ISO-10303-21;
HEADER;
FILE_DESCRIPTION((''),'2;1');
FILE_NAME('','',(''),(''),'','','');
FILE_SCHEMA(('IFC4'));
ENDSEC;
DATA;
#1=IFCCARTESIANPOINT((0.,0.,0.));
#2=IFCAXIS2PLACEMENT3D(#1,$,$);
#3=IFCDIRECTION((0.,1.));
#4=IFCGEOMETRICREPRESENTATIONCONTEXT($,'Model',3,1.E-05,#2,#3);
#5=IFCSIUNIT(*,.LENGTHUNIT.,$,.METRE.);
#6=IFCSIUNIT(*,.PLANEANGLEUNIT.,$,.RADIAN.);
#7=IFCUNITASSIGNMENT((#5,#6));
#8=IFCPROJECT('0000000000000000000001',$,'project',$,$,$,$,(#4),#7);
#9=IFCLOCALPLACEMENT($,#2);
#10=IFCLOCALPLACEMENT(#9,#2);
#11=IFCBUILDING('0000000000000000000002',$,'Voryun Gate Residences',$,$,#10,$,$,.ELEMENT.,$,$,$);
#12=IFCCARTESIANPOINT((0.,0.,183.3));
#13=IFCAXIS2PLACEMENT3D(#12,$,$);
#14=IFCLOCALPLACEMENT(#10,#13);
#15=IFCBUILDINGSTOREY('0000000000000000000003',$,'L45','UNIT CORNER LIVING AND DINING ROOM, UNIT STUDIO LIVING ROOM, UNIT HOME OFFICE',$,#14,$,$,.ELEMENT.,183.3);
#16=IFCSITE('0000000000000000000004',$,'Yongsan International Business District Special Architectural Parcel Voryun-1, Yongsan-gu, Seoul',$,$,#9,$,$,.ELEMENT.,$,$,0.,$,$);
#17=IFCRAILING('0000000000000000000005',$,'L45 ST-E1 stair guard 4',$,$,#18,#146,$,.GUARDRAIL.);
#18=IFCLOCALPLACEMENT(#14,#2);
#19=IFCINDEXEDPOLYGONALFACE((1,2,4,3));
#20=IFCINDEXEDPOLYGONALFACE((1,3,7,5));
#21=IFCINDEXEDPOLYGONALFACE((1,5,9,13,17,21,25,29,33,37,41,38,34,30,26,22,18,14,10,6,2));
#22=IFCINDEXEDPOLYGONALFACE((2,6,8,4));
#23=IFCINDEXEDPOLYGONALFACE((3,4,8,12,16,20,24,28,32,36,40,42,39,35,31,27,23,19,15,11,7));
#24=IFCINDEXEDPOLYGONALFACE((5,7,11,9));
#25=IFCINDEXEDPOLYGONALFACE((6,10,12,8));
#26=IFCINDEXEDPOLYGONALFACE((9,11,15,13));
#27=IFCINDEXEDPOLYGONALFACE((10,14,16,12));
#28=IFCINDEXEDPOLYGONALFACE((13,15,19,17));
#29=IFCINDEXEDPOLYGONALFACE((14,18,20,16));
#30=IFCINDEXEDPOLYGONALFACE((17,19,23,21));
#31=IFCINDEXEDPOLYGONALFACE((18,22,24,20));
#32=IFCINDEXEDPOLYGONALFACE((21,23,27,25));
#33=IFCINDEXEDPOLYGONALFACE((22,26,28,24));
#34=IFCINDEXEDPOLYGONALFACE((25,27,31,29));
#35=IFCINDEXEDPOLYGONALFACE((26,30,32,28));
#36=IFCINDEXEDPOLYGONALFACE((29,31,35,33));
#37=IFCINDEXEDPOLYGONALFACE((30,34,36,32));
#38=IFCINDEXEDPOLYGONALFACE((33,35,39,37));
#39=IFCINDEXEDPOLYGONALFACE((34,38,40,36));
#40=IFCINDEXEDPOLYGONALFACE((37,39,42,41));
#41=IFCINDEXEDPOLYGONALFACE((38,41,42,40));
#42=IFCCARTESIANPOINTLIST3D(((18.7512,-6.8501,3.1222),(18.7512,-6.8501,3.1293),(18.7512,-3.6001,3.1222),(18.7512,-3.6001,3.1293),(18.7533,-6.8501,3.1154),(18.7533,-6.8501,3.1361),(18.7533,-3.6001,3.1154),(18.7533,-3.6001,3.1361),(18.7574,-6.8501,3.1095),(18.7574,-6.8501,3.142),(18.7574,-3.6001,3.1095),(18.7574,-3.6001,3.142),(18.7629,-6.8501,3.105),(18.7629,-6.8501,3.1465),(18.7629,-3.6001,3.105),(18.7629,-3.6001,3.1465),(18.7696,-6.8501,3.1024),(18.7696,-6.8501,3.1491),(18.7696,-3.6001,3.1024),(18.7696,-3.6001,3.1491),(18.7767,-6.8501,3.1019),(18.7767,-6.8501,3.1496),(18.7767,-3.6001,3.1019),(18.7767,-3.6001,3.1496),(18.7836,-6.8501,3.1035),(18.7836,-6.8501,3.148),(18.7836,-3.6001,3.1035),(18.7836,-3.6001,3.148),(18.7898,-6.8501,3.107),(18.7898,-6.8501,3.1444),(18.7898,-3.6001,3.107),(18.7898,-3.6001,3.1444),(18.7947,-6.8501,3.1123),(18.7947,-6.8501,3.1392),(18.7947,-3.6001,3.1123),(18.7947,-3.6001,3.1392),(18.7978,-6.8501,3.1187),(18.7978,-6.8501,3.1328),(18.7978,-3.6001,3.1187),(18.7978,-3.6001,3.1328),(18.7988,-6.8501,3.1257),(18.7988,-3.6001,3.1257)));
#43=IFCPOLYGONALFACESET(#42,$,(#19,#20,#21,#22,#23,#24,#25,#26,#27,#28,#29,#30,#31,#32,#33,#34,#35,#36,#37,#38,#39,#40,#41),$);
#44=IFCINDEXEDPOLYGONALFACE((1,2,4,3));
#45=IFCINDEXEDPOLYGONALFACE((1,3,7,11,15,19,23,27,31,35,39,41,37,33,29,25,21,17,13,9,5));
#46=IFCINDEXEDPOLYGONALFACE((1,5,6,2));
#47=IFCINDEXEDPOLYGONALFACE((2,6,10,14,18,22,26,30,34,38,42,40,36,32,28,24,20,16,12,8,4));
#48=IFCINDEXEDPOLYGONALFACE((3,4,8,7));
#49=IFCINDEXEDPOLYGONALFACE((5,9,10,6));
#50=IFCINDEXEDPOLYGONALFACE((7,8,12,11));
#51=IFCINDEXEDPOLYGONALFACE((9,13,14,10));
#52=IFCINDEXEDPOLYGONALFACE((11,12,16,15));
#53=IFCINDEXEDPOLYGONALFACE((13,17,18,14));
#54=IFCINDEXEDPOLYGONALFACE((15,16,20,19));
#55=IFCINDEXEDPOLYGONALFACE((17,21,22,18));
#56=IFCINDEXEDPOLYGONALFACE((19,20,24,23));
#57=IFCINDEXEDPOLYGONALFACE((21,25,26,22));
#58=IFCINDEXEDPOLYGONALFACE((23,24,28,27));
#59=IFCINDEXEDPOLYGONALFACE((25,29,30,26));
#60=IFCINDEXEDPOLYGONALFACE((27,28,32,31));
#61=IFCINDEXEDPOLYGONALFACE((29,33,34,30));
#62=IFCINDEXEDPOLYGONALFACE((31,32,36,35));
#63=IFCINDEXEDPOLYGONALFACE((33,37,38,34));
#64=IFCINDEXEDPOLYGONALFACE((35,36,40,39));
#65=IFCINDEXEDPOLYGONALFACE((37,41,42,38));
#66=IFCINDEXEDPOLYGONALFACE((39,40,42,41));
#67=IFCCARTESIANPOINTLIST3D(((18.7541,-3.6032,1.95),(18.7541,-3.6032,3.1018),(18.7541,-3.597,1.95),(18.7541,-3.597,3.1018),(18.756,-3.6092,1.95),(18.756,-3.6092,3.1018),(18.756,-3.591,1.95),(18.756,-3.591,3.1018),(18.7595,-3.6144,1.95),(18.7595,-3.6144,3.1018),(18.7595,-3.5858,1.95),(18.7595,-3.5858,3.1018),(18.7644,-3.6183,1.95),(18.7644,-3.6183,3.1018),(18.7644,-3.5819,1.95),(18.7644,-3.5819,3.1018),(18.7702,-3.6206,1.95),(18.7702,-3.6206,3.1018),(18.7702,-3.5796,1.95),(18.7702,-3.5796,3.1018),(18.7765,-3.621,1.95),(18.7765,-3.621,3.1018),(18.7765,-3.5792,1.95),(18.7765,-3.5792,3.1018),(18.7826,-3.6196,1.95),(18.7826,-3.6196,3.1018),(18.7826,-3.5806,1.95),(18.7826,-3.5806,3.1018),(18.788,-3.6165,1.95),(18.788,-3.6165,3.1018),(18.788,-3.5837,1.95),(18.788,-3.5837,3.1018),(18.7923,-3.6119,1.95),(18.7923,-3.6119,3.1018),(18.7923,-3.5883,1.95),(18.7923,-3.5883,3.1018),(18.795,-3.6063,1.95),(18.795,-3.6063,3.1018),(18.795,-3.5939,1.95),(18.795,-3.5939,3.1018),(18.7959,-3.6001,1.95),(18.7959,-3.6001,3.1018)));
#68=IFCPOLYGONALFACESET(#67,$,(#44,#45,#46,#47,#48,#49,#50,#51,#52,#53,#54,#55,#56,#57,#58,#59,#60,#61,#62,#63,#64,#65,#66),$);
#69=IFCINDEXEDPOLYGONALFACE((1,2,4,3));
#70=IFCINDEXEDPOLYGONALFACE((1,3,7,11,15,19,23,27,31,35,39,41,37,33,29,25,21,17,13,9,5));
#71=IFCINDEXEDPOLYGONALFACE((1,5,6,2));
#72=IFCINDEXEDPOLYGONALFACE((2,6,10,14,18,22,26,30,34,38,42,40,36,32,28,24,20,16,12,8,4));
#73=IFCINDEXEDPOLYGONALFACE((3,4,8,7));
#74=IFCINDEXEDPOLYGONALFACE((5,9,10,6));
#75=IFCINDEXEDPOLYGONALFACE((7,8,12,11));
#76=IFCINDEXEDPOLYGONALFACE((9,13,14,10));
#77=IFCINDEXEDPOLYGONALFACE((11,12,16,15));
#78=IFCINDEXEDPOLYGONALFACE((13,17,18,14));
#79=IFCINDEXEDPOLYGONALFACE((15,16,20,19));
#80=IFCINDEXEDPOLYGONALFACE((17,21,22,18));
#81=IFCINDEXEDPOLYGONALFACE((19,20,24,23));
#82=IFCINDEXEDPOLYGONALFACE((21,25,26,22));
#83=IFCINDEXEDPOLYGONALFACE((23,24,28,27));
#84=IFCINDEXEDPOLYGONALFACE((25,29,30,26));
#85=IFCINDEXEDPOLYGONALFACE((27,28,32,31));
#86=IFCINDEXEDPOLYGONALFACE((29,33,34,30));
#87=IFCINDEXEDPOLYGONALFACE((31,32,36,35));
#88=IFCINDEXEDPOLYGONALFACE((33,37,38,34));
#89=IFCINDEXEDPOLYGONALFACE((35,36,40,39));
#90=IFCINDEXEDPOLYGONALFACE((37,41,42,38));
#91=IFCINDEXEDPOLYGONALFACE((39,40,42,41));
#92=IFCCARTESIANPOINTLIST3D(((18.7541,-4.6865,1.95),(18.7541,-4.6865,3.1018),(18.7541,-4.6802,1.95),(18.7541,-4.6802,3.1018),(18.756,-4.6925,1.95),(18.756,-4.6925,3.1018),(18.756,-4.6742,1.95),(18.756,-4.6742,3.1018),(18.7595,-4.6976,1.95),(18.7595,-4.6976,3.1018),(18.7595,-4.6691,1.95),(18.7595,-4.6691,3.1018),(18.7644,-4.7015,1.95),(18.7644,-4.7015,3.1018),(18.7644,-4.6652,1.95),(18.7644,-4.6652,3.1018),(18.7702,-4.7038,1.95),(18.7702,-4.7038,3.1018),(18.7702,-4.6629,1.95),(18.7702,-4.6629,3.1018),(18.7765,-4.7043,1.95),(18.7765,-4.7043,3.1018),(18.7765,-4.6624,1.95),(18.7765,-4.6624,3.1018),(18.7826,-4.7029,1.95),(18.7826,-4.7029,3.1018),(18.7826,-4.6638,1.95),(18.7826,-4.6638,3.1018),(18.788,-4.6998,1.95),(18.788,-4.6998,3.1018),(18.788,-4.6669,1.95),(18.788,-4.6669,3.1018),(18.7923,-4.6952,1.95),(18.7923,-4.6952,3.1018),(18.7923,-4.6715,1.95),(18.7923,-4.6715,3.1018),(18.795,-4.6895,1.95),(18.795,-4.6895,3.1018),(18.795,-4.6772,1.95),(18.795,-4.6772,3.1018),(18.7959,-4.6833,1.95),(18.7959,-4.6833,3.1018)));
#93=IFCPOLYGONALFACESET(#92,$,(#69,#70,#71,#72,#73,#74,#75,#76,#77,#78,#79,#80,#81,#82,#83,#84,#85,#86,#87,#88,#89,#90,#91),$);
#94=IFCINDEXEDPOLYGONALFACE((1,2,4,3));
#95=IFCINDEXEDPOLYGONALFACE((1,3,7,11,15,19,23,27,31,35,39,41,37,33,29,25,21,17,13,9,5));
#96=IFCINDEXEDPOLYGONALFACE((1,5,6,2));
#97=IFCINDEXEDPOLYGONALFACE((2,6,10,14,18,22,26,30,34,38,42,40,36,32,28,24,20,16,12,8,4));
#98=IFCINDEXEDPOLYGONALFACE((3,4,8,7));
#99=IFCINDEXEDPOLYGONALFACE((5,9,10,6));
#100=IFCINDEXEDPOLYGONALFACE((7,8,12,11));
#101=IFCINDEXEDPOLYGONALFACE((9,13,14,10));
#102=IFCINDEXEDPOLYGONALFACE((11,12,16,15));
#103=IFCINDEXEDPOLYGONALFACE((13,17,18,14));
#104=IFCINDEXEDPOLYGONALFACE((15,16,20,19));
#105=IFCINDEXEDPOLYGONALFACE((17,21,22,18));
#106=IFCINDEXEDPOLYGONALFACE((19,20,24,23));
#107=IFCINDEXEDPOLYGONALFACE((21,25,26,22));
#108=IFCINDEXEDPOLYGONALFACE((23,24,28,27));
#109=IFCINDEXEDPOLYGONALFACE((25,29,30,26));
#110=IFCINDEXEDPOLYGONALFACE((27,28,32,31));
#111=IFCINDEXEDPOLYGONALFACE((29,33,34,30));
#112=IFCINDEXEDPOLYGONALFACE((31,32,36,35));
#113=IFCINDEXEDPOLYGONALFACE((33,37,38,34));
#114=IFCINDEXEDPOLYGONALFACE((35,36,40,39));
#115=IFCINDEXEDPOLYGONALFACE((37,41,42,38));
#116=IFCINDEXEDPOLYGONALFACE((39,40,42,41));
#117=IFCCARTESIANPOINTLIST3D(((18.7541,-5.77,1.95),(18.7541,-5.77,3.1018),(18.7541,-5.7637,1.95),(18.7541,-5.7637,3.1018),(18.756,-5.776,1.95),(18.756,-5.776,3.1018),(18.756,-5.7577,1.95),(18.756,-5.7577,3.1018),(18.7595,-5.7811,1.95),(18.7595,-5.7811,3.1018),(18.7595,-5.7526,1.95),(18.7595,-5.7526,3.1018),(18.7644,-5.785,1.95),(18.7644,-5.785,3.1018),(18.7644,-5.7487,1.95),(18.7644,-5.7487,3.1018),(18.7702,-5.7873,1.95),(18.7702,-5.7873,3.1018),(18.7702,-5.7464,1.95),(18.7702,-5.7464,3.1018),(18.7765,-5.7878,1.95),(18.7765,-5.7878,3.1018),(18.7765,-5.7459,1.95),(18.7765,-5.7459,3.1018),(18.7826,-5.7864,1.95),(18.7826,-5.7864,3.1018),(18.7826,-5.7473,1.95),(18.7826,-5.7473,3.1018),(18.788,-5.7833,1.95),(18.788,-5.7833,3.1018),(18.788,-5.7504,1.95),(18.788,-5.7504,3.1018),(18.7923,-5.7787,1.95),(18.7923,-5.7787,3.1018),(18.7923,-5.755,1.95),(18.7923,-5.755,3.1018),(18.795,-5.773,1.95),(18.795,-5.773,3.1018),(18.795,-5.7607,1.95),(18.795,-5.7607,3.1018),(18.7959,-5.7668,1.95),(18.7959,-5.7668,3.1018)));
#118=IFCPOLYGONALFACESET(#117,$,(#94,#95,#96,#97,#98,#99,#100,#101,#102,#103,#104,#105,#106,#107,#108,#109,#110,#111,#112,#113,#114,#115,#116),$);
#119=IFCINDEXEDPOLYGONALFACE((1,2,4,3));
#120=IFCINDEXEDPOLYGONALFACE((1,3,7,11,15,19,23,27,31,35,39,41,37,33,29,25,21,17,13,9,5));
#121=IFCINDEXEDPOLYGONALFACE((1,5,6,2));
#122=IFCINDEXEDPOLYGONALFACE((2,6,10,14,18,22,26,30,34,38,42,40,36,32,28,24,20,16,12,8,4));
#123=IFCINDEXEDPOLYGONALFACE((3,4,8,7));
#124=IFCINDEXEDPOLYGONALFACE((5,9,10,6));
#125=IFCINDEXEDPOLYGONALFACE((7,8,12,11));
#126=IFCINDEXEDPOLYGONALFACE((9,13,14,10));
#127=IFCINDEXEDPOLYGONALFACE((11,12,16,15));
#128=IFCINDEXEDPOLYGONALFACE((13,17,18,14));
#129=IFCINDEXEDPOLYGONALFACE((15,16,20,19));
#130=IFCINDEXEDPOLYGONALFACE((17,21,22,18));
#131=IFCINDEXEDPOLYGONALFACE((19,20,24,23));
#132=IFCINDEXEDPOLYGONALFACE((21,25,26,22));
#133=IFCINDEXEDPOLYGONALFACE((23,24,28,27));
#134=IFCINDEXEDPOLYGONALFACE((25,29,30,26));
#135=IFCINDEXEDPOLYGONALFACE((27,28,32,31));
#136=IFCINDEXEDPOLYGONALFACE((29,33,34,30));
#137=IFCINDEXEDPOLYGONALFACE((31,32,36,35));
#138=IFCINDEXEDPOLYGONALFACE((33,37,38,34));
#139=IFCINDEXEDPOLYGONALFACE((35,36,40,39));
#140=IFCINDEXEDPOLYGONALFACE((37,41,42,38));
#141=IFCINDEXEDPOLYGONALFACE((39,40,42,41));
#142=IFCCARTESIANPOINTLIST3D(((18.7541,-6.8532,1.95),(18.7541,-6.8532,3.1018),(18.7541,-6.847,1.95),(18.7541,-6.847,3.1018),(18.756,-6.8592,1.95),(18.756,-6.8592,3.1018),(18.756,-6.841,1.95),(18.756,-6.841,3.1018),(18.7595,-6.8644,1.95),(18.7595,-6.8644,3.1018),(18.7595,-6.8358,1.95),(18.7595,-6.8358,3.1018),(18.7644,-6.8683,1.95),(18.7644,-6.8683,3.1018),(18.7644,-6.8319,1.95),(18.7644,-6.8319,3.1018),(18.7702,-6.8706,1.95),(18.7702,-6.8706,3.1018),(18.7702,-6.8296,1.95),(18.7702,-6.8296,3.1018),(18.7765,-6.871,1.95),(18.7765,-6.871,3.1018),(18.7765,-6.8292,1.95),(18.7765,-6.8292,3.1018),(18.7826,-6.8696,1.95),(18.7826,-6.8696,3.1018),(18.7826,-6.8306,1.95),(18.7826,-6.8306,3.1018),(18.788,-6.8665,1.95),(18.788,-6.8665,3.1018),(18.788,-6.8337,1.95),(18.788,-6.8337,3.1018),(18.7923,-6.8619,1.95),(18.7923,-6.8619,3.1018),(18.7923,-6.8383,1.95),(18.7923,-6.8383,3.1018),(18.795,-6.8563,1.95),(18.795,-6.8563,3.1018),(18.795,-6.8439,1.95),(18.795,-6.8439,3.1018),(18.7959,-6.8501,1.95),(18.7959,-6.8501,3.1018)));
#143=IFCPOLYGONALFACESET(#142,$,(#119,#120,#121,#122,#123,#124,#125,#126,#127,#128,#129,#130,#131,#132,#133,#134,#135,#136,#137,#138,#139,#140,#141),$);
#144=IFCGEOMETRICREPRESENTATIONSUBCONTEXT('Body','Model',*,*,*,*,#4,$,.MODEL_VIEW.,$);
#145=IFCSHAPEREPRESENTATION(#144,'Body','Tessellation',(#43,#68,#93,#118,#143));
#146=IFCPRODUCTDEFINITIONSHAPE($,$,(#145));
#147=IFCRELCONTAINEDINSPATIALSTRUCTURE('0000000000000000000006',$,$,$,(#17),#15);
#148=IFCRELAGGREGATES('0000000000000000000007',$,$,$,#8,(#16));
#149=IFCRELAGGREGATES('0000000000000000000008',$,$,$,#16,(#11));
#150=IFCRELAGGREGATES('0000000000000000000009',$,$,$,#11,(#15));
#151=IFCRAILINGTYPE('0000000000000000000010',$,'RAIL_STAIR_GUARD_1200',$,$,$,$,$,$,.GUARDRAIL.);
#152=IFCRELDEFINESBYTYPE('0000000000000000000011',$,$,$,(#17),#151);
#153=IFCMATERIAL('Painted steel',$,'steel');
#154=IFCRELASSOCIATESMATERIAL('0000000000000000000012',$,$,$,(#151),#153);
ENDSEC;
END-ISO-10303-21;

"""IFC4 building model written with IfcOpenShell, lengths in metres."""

from ifc_helpers import new_model, si_unit, direction, frame, origin, origin_2d, place, context, subcontext, project, spatial, circle, extrude, material, type_object, element, save


model = new_model("IFC4")

# Units and contexts
model_context = context("Model", 3, precision=1e-05, world=origin(), true_north=direction((0.0, 1.0)))
body_context = subcontext(model_context, "Body", "Model", "MODEL_VIEW")
ifc_project = project(units=[si_unit("LENGTHUNIT", "METRE"), si_unit("PLANEANGLEUNIT", "RADIAN")], contexts=[model_context])

# Site, building, storey
site_placement = place(None, origin())
site = spatial("IfcSite", under=ifc_project, at=site_placement, Name="Yongsan International Business District Special Architectural Parcel Voryun-1, Yongsan-gu, Seoul", CompositionType="ELEMENT", RefElevation=0.0)
building_placement = place(site_placement, origin())
building = spatial("IfcBuilding", under=site, at=building_placement, Name="Voryun Gate Residences", CompositionType="ELEMENT")
storey_placement = place(building_placement, frame((0.0, 0.0, 183.3)))
storey = spatial("IfcBuildingStorey", under=building, at=storey_placement, Name="L45", Description="UNIT CORNER LIVING AND DINING ROOM, UNIT STUDIO LIVING ROOM, UNIT HOME OFFICE", CompositionType="ELEMENT", Elevation=183.3)

# Railing
ifc_material_1 = material(Name="Painted steel", Category="steel")
railing_type_1 = type_object("IfcRailingType", Name="RAIL_STAIR_GUARD_1200", PredefinedType="GUARDRAIL", material=ifc_material_1)
for number, where, name in (
    (1, (18.7749, -3.6001, 1.95), "L45 ST-E1 stair guard 4"),
):
    element("IfcRailing", number, at=place(storey_placement, frame(where)), inside=storey, type_object=railing_type_1, Name=name, PredefinedType="GUARDRAIL", context=body_context, shape_type="SweptSolid", body=[
        extrude(circle(Radius=0.0239, at=origin_2d()), frame((0.0, 0.0, 1.1758), z_axis=(0.0, -1.0, 0.0), x_axis=(1.0, 0.0, 0.0)), (0.0, 0.0, 1.0), 3.25),
        extrude(circle(Radius=0.021, at=origin_2d()), origin(), (0.0, 0.0, 1.0), 1.1519),
        extrude(circle(Radius=0.021, at=origin_2d()), frame((0.0, -1.0833, 0.0)), (0.0, 0.0, 1.0), 1.1519),
        extrude(circle(Radius=0.021, at=origin_2d()), frame((0.0, -2.1667, 0.0)), (0.0, 0.0, 1.0), 1.1519),
        extrude(circle(Radius=0.021, at=origin_2d()), frame((0.0, -3.25, 0.0)), (0.0, 0.0, 1.0), 1.1519),
    ])

save(model, "model.ifc")
